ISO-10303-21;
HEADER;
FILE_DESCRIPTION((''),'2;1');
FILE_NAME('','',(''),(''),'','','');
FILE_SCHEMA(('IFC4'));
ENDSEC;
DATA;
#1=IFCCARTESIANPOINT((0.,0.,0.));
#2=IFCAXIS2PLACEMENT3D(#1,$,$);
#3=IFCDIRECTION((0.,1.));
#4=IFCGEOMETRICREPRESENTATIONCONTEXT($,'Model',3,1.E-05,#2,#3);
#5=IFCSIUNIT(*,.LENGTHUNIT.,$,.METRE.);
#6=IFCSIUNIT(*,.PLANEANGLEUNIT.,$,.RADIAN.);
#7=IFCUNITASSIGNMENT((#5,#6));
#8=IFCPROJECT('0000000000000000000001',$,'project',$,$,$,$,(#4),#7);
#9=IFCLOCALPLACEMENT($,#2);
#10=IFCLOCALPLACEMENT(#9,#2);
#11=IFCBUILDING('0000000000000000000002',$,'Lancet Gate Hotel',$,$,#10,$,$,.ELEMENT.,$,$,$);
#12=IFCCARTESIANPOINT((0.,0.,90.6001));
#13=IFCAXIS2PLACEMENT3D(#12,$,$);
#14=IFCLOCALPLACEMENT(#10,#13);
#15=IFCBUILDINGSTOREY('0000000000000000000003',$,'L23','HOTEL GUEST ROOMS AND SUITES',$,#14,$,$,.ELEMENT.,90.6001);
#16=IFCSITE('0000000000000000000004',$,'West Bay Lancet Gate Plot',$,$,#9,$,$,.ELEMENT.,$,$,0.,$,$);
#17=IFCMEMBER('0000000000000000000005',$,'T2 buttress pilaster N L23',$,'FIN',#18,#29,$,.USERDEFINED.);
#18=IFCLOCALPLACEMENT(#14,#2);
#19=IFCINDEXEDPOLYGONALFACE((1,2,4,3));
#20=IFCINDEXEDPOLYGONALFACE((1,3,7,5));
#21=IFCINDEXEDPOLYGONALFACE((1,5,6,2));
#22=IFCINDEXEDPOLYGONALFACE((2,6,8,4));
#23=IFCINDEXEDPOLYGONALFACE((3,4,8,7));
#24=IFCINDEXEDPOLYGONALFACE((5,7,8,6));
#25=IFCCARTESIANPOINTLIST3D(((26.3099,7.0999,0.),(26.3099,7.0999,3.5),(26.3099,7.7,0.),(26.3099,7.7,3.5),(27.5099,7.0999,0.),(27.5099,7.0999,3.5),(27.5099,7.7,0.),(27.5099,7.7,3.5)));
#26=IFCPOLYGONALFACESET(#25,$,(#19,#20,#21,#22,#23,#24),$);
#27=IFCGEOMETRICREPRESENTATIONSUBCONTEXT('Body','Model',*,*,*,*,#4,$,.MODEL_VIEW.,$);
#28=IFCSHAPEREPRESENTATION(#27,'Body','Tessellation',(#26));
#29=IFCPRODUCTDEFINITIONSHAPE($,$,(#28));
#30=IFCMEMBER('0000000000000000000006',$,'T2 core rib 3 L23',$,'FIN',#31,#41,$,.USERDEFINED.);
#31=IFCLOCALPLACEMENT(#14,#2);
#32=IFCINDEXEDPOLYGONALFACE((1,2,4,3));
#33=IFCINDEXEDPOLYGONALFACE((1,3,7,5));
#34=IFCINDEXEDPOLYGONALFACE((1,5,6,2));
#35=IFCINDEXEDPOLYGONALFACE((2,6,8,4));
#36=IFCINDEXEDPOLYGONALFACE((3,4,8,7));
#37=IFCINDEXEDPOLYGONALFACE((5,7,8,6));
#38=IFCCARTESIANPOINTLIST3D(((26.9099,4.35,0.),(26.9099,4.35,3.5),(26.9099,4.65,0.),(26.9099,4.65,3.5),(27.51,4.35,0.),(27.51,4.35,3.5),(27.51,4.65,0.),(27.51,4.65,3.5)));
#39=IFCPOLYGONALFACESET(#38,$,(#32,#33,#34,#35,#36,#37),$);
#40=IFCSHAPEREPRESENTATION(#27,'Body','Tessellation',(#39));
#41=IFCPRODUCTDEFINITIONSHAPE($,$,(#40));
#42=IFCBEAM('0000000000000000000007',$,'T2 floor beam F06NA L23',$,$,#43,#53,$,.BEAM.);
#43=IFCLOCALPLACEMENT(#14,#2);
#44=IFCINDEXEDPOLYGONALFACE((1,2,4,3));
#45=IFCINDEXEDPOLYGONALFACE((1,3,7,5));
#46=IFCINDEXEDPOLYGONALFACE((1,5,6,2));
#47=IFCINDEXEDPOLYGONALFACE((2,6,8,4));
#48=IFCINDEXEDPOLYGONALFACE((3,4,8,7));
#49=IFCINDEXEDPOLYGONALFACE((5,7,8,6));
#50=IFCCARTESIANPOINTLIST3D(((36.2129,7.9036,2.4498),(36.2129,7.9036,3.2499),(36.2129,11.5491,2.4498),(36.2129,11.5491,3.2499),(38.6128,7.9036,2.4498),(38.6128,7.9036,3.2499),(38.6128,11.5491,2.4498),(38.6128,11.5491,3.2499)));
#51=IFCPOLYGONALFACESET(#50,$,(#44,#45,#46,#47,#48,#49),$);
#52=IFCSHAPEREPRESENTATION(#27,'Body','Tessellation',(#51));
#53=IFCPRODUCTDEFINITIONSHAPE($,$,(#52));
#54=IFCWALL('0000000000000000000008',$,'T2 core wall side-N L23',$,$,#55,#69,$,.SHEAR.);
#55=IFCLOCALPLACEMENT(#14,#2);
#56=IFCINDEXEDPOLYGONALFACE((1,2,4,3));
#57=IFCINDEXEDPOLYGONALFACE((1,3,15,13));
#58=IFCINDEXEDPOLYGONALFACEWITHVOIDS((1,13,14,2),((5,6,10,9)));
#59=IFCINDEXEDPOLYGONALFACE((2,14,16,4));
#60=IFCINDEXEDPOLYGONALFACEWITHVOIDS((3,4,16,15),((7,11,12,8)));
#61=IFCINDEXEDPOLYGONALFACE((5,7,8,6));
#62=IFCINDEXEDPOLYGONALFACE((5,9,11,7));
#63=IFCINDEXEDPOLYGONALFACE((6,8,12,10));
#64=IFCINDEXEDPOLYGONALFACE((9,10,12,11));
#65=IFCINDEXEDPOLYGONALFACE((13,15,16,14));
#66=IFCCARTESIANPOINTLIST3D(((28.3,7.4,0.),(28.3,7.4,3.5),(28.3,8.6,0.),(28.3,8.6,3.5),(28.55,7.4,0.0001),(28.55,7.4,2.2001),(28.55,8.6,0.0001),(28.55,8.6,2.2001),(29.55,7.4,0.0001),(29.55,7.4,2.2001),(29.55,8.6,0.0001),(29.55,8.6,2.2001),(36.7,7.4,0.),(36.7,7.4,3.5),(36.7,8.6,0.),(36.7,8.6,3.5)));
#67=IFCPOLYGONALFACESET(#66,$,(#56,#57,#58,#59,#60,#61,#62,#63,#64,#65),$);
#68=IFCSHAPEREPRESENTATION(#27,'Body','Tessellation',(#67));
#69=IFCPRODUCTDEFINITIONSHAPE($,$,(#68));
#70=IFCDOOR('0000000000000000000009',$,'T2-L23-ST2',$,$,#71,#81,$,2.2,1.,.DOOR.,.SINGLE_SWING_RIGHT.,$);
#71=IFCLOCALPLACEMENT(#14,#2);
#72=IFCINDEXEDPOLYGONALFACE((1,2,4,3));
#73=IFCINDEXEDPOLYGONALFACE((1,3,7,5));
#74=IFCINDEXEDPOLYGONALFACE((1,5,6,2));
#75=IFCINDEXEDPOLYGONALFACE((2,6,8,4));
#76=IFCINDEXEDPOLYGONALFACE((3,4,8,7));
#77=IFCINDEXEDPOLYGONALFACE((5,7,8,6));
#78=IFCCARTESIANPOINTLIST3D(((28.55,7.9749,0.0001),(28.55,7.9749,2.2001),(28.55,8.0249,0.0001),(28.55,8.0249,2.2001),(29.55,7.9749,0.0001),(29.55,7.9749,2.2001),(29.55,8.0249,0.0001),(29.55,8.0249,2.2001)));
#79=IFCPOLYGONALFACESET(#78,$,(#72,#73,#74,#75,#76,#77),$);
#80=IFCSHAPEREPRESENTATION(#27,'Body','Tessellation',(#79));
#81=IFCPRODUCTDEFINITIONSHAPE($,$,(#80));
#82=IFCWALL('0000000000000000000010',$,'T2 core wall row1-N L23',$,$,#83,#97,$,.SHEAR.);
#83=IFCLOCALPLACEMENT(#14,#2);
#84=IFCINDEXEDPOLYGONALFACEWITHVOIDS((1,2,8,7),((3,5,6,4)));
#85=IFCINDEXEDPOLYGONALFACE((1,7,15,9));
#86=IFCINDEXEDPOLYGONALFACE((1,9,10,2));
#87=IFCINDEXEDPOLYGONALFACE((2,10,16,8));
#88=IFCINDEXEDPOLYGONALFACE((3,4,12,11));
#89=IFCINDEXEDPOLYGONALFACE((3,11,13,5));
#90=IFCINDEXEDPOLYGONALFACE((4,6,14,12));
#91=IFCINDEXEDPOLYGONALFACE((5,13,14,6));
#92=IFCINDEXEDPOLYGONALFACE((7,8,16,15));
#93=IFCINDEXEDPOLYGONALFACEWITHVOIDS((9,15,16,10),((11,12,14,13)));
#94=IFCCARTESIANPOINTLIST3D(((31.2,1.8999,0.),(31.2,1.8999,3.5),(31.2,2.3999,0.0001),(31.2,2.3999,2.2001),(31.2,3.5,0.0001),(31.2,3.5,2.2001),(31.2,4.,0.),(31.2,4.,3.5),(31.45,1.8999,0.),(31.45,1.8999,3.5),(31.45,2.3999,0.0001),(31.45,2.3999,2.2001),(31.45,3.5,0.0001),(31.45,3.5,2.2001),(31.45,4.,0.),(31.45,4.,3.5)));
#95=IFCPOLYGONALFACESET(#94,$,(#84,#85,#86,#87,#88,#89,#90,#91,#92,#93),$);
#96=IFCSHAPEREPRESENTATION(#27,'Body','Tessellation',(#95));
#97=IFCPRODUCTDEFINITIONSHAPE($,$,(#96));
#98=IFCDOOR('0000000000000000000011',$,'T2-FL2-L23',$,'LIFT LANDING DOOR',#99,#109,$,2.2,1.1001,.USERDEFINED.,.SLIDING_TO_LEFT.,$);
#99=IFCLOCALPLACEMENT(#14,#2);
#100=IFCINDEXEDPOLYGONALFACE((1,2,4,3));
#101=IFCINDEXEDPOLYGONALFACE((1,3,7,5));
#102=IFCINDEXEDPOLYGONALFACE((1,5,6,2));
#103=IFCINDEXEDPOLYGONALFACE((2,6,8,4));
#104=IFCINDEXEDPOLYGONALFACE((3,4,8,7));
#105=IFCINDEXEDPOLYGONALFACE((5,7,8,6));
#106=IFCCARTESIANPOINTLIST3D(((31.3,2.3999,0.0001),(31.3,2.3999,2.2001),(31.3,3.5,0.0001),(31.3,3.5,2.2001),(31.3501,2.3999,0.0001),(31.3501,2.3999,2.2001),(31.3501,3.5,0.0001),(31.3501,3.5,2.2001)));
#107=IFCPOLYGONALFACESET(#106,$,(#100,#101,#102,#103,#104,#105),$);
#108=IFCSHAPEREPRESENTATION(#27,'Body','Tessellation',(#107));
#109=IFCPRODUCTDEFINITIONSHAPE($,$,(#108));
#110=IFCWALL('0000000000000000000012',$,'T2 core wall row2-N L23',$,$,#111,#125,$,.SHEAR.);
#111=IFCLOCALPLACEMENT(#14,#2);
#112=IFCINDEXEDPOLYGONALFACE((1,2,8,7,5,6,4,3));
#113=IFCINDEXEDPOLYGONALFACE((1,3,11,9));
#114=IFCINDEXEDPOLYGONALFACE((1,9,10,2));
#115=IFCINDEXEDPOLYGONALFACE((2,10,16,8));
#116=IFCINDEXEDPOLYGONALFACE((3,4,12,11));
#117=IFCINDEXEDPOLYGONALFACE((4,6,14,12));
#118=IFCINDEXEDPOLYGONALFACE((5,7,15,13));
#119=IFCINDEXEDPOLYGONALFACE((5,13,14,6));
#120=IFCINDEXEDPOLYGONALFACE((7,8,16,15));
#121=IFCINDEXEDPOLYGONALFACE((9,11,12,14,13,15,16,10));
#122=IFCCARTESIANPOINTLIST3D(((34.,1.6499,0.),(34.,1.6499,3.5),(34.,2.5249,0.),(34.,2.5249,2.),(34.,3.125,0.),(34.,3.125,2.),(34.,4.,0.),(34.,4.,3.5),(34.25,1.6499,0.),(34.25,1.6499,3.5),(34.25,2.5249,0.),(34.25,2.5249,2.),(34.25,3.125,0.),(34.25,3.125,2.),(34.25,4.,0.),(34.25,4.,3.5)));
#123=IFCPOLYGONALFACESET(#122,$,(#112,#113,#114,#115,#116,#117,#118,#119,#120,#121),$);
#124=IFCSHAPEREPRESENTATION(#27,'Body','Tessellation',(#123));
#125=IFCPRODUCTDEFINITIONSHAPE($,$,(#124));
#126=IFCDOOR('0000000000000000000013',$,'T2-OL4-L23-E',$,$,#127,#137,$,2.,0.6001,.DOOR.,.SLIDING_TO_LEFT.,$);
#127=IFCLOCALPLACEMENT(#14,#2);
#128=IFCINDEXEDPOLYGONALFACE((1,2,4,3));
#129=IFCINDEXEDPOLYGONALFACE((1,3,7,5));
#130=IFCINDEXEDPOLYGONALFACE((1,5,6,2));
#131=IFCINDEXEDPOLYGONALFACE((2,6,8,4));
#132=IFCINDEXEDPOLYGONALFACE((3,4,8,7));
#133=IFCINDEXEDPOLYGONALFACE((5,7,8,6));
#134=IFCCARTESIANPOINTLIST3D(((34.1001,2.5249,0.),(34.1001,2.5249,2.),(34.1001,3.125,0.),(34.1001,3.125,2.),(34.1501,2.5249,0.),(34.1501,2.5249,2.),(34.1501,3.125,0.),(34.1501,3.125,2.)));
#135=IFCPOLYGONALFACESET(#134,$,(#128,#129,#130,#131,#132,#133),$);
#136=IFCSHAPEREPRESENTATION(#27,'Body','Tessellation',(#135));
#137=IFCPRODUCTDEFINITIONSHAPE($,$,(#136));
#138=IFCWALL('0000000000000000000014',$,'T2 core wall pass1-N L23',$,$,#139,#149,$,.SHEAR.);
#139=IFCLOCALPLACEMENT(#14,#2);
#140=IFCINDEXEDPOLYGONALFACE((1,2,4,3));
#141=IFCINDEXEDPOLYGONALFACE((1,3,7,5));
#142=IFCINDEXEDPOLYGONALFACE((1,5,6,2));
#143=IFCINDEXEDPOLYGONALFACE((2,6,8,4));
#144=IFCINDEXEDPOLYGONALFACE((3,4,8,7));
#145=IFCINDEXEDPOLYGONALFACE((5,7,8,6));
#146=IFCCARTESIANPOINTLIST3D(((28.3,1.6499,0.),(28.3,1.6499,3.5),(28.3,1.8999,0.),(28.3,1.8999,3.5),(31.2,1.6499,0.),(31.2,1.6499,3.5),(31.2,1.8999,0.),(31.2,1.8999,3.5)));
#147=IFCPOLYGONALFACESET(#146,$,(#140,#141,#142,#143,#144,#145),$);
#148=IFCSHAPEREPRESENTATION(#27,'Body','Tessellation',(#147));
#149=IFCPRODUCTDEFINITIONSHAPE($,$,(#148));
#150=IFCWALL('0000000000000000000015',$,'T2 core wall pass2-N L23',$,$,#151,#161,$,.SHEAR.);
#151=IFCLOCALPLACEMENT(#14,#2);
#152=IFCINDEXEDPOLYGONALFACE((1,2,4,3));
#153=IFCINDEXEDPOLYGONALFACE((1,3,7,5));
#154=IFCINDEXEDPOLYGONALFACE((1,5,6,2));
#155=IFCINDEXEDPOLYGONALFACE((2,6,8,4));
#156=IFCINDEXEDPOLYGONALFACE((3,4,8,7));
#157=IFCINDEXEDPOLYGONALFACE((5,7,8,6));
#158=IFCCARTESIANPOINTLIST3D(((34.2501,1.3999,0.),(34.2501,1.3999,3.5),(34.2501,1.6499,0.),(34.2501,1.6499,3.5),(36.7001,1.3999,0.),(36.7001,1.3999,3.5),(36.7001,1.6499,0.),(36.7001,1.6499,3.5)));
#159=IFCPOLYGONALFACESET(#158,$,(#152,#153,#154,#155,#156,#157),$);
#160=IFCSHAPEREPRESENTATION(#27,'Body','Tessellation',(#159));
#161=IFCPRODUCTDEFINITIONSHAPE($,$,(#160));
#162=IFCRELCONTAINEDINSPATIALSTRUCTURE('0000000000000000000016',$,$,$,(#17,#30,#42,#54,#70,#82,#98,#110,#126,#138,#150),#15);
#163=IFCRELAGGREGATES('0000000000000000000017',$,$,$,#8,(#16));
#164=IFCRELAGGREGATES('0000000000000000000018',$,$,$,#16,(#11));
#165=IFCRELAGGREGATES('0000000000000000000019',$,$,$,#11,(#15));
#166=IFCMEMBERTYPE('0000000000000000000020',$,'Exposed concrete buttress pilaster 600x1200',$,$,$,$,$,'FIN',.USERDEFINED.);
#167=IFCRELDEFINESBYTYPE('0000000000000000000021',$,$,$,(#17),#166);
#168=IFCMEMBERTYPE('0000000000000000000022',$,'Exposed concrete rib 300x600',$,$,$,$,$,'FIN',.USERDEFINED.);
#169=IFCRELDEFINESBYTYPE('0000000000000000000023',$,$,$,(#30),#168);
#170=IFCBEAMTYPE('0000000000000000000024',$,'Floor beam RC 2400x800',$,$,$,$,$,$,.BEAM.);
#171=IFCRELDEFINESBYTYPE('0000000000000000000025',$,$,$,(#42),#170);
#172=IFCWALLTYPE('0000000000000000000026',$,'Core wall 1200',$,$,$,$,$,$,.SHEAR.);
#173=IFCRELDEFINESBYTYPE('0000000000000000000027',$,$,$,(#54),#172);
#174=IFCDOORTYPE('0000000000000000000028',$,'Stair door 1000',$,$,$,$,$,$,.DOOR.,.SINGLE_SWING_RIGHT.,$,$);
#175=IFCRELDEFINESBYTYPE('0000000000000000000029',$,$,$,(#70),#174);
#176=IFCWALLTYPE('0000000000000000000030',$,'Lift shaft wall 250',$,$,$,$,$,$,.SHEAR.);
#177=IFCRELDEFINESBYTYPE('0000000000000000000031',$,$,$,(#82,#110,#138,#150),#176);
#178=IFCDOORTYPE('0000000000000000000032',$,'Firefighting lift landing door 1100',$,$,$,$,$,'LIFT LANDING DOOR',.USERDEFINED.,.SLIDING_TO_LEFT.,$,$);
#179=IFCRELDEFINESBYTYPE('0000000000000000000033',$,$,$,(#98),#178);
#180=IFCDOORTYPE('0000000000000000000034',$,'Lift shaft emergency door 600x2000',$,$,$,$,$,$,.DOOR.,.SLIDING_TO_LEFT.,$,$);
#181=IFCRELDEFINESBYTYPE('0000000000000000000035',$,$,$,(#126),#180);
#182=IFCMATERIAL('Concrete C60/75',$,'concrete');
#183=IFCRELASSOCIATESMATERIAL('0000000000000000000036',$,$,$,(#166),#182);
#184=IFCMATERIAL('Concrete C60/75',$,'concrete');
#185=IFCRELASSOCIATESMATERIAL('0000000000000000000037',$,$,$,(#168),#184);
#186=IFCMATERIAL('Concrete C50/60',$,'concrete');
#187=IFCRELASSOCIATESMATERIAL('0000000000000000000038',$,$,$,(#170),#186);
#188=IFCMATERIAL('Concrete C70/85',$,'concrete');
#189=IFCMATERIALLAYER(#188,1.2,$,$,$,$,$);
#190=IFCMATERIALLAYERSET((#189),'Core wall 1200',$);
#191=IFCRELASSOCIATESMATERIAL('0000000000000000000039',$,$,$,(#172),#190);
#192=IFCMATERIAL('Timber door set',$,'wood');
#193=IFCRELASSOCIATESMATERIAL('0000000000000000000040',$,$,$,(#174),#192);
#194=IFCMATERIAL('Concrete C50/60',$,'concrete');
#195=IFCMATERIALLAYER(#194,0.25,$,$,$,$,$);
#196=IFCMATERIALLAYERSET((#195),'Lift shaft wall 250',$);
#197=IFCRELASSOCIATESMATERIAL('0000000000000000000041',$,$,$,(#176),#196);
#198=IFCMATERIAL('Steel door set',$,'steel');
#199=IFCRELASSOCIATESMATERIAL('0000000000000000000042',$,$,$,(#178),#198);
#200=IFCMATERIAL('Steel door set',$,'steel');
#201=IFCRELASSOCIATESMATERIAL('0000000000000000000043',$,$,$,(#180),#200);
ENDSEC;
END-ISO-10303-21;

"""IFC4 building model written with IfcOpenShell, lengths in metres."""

from ifc_helpers import new_model, si_unit, direction, frame, frame_2d, origin, origin_2d, place, context, subcontext, project, spatial, rectangle, extrude, material, layer, layer_set, material_profile, profile_set, type_object, element, fill, save


model = new_model("IFC4")

# Units and contexts
model_context = context("Model", 3, precision=1e-05, world=origin(), true_north=direction((0.0, 1.0)))
body_context = subcontext(model_context, "Body", "Model", "MODEL_VIEW")
ifc_project = project(units=[si_unit("LENGTHUNIT", "METRE"), si_unit("PLANEANGLEUNIT", "RADIAN")], contexts=[model_context])

# Site, building, storey
site_placement = place(None, origin())
site = spatial("IfcSite", under=ifc_project, at=site_placement, Name="West Bay Lancet Gate Plot", CompositionType="ELEMENT", RefElevation=0.0)
building_placement = place(site_placement, origin())
building = spatial("IfcBuilding", under=site, at=building_placement, Name="Lancet Gate Hotel", CompositionType="ELEMENT")
storey_placement = place(building_placement, frame((0.0, 0.0, 90.6001)))
storey = spatial("IfcBuildingStorey", under=building, at=storey_placement, Name="L23", Description="HOTEL GUEST ROOMS AND SUITES", CompositionType="ELEMENT", Elevation=90.6001)

# Members
ifc_material_1 = material(Name="Concrete C60/75", Category="concrete")
ifc_material_profile_1 = material_profile(ifc_material_1, rectangle(XDim=0.6001, YDim=1.2, at=origin_2d()), Name="FIN 600x1200")
ifc_profile_set_1 = profile_set([ifc_material_profile_1], Name="Concrete C60/75")
member_type_1 = type_object("IfcMemberType", Name="Exposed concrete buttress pilaster 600x1200", ElementType="FIN", PredefinedType="USERDEFINED", material=ifc_profile_set_1)
member_1_placement = place(storey_placement, frame((26.9099, 7.3999, 0.0), z_axis=(0.0, 0.0, 1.0), x_axis=(0.0, 1.0, 0.0)))
element("IfcMember", 1, at=member_1_placement, inside=storey, type_object=member_type_1, Name="T2 buttress pilaster N L23", ObjectType="FIN", PredefinedType="USERDEFINED", context=body_context, shape_type="SweptSolid", body=[
    extrude(rectangle(XDim=0.6001, YDim=1.2, at=origin_2d()), origin(), (0.0, 0.0, 1.0), 3.5),
])
ifc_material_2 = material(Name="Concrete C60/75", Category="concrete")
ifc_material_profile_2 = material_profile(ifc_material_2, rectangle(XDim=0.3, YDim=0.6001, at=origin_2d()), Name="FIN 300x600")
ifc_profile_set_2 = profile_set([ifc_material_profile_2], Name="Concrete C60/75")
member_type_2 = type_object("IfcMemberType", Name="Exposed concrete rib 300x600", ElementType="FIN", PredefinedType="USERDEFINED", material=ifc_profile_set_2)
member_2_placement = place(storey_placement, frame((27.21, 4.5, 0.0), z_axis=(0.0, 0.0, 1.0), x_axis=(0.0, 1.0, 0.0)))
element("IfcMember", 2, at=member_2_placement, inside=storey, type_object=member_type_2, Name="T2 core rib 3 L23", ObjectType="FIN", PredefinedType="USERDEFINED", context=body_context, shape_type="SweptSolid", body=[
    extrude(rectangle(XDim=0.3, YDim=0.6001, at=origin_2d()), origin(), (0.0, 0.0, 1.0), 3.5),
])

# Beam
ifc_material_3 = material(Name="Concrete C50/60", Category="concrete")
ifc_material_profile_3 = material_profile(ifc_material_3, rectangle(XDim=2.3999, YDim=0.8, at=origin_2d()), Name="RC 2400x800")
ifc_profile_set_3 = profile_set([ifc_material_profile_3], Name="Concrete C50/60")
beam_type = type_object("IfcBeamType", Name="Floor beam RC 2400x800", PredefinedType="BEAM", material=ifc_profile_set_3)
beam_placement = place(storey_placement, frame((37.4128, 7.9036, 2.8499), z_axis=(0.0, 1.0, 0.0), x_axis=(-1.0, 0.0, 0.0)))
element("IfcBeam", 3, at=beam_placement, inside=storey, type_object=beam_type, Name="T2 floor beam F06NA L23", PredefinedType="BEAM", context=body_context, shape_type="SweptSolid", body=[
    extrude(rectangle(XDim=2.3999, YDim=0.8, at=origin_2d()), origin(), (0.0, 0.0, 1.0), 3.6455),
])

# Walls, openings, doors
ifc_material_4 = material(Name="Concrete C70/85", Category="concrete")
ifc_layer_1 = layer(ifc_material_4, 1.2)
ifc_layer_set_1 = layer_set([ifc_layer_1], Name="Core wall 1200")
wall_type_1 = type_object("IfcWallType", Name="Core wall 1200", PredefinedType="SHEAR", material=ifc_layer_set_1)
wall_1_placement = place(storey_placement, frame((28.3, 8.0, 0.0), z_axis=(0.0, 0.0, 1.0), x_axis=(1.0, 0.0, 0.0)))
wall_1 = element("IfcWall", 4, at=wall_1_placement, inside=storey, type_object=wall_type_1, Name="T2 core wall side-N L23", PredefinedType="SHEAR", context=body_context, shape_type="SweptSolid", body=[
    extrude(rectangle(XDim=8.3999, YDim=1.2, at=frame_2d((4.2, 0.0))), origin(), (0.0, 0.0, 1.0), 3.5),
])
opening_1_placement = place(wall_1_placement, frame((0.25, 0.0, 0.0)))
opening_1 = element("IfcOpeningElement", 5, at=opening_1_placement, cuts=wall_1, PredefinedType="OPENING", context=body_context, shape_type="SweptSolid", body=[
    extrude(rectangle(XDim=1.0, YDim=2.2, at=frame_2d((0.5, 1.1001))), frame((0.0, 0.6099, 0.0), z_axis=(0.0, -1.0, 0.0), x_axis=(1.0, 0.0, 0.0)), (0.0, 0.0, 1.0), 1.22),
])
ifc_material_5 = material(Name="Timber door set", Category="wood")
door_type_1 = type_object("IfcDoorType", Name="Stair door 1000", OperationType="SINGLE_SWING_RIGHT", PredefinedType="DOOR", material=ifc_material_5)
door_1_placement = place(opening_1_placement, origin())
door_1 = element("IfcDoor", 6, at=door_1_placement, inside=storey, type_object=door_type_1, Name="T2-L23-ST2", OperationType="SINGLE_SWING_RIGHT", OverallHeight=2.2, OverallWidth=1.0, PredefinedType="DOOR", context=body_context, shape_type="SweptSolid", body=[
    extrude(rectangle(XDim=1.0, YDim=2.2, at=frame_2d((0.5, 1.1001))), frame((0.0, 0.0249, 0.0), z_axis=(0.0, -1.0, 0.0), x_axis=(1.0, 0.0, 0.0)), (0.0, 0.0, 1.0), 0.05),
])
fill(opening_1, door_1)
ifc_material_6 = material(Name="Concrete C50/60", Category="concrete")
ifc_layer_2 = layer(ifc_material_6, 0.25)
ifc_layer_set_2 = layer_set([ifc_layer_2], Name="Lift shaft wall 250")
wall_type_2 = type_object("IfcWallType", Name="Lift shaft wall 250", PredefinedType="SHEAR", material=ifc_layer_set_2)
wall_2_placement = place(storey_placement, frame((31.325, 1.8999, 0.0), z_axis=(0.0, 0.0, 1.0), x_axis=(0.0, 1.0, 0.0)))
wall_2 = element("IfcWall", 7, at=wall_2_placement, inside=storey, type_object=wall_type_2, Name="T2 core wall row1-N L23", PredefinedType="SHEAR", context=body_context, shape_type="SweptSolid", body=[
    extrude(rectangle(XDim=2.1001, YDim=0.25, at=frame_2d((1.05, 0.0))), origin(), (0.0, 0.0, 1.0), 3.5),
])
opening_2_placement = place(wall_2_placement, frame((0.5, 0.0, 0.0)))
opening_2 = element("IfcOpeningElement", 8, at=opening_2_placement, cuts=wall_2, PredefinedType="OPENING", context=body_context, shape_type="SweptSolid", body=[
    extrude(rectangle(XDim=1.1001, YDim=2.2, at=frame_2d((0.55, 1.1001))), frame((0.0, 0.135, 0.0), z_axis=(0.0, -1.0, 0.0), x_axis=(1.0, 0.0, 0.0)), (0.0, 0.0, 1.0), 0.27),
])
ifc_material_7 = material(Name="Steel door set", Category="steel")
door_type_2 = type_object("IfcDoorType", Name="Firefighting lift landing door 1100", ElementType="LIFT LANDING DOOR", OperationType="SLIDING_TO_LEFT", PredefinedType="USERDEFINED", material=ifc_material_7)
door_2_placement = place(opening_2_placement, origin())
door_2 = element("IfcDoor", 9, at=door_2_placement, inside=storey, type_object=door_type_2, Name="T2-FL2-L23", ObjectType="LIFT LANDING DOOR", OperationType="SLIDING_TO_LEFT", OverallHeight=2.2, OverallWidth=1.1001, PredefinedType="USERDEFINED", context=body_context, shape_type="SweptSolid", body=[
    extrude(rectangle(XDim=1.1001, YDim=2.2, at=frame_2d((0.55, 1.1001))), frame((0.0, 0.0249, 0.0), z_axis=(0.0, -1.0, 0.0), x_axis=(1.0, 0.0, 0.0)), (0.0, 0.0, 1.0), 0.05),
])
fill(opening_2, door_2)
wall_3_placement = place(storey_placement, frame((34.125, 1.6499, 0.0), z_axis=(0.0, 0.0, 1.0), x_axis=(0.0, 1.0, 0.0)))
wall_3 = element("IfcWall", 10, at=wall_3_placement, inside=storey, type_object=wall_type_2, Name="T2 core wall row2-N L23", PredefinedType="SHEAR", context=body_context, shape_type="SweptSolid", body=[
    extrude(rectangle(XDim=2.3501, YDim=0.25, at=frame_2d((1.175, 0.0))), origin(), (0.0, 0.0, 1.0), 3.5),
])
opening_3_placement = place(wall_3_placement, frame((0.875, 0.0, 0.0)))
opening_3 = element("IfcOpeningElement", 11, at=opening_3_placement, cuts=wall_3, PredefinedType="OPENING", context=body_context, shape_type="SweptSolid", body=[
    extrude(rectangle(XDim=0.6001, YDim=2.0, at=frame_2d((0.3, 1.0))), frame((0.0, 0.135, 0.0), z_axis=(0.0, -1.0, 0.0), x_axis=(1.0, 0.0, 0.0)), (0.0, 0.0, 1.0), 0.27),
])
ifc_material_8 = material(Name="Steel door set", Category="steel")
door_type_3 = type_object("IfcDoorType", Name="Lift shaft emergency door 600x2000", OperationType="SLIDING_TO_LEFT", PredefinedType="DOOR", material=ifc_material_8)
door_3_placement = place(opening_3_placement, origin())
door_3 = element("IfcDoor", 12, at=door_3_placement, inside=storey, type_object=door_type_3, Name="T2-OL4-L23-E", OperationType="SLIDING_TO_LEFT", OverallHeight=2.0, OverallWidth=0.6001, PredefinedType="DOOR", context=body_context, shape_type="SweptSolid", body=[
    extrude(rectangle(XDim=0.6001, YDim=2.0, at=frame_2d((0.3, 1.0))), frame((0.0, 0.0249, 0.0), z_axis=(0.0, -1.0, 0.0), x_axis=(1.0, 0.0, 0.0)), (0.0, 0.0, 1.0), 0.05),
])
fill(opening_3, door_3)

# Walls
wall_4_placement = place(storey_placement, frame((28.3, 1.7749, 0.0), z_axis=(0.0, 0.0, 1.0), x_axis=(1.0, 0.0, 0.0)))
element("IfcWall", 13, at=wall_4_placement, inside=storey, type_object=wall_type_2, Name="T2 core wall pass1-N L23", PredefinedType="SHEAR", context=body_context, shape_type="SweptSolid", body=[
    extrude(rectangle(XDim=2.8999, YDim=0.25, at=frame_2d((1.45, 0.0))), origin(), (0.0, 0.0, 1.0), 3.5),
])
wall_5_placement = place(storey_placement, frame((34.25, 1.5249, 0.0), z_axis=(0.0, 0.0, 1.0), x_axis=(1.0, 0.0, 0.0)))
element("IfcWall", 14, at=wall_5_placement, inside=storey, type_object=wall_type_2, Name="T2 core wall pass2-N L23", PredefinedType="SHEAR", context=body_context, shape_type="SweptSolid", body=[
    extrude(rectangle(XDim=2.45, YDim=0.25, at=frame_2d((1.2251, 0.0))), origin(), (0.0, 0.0, 1.0), 3.5),
])

save(model, "model.ifc")
